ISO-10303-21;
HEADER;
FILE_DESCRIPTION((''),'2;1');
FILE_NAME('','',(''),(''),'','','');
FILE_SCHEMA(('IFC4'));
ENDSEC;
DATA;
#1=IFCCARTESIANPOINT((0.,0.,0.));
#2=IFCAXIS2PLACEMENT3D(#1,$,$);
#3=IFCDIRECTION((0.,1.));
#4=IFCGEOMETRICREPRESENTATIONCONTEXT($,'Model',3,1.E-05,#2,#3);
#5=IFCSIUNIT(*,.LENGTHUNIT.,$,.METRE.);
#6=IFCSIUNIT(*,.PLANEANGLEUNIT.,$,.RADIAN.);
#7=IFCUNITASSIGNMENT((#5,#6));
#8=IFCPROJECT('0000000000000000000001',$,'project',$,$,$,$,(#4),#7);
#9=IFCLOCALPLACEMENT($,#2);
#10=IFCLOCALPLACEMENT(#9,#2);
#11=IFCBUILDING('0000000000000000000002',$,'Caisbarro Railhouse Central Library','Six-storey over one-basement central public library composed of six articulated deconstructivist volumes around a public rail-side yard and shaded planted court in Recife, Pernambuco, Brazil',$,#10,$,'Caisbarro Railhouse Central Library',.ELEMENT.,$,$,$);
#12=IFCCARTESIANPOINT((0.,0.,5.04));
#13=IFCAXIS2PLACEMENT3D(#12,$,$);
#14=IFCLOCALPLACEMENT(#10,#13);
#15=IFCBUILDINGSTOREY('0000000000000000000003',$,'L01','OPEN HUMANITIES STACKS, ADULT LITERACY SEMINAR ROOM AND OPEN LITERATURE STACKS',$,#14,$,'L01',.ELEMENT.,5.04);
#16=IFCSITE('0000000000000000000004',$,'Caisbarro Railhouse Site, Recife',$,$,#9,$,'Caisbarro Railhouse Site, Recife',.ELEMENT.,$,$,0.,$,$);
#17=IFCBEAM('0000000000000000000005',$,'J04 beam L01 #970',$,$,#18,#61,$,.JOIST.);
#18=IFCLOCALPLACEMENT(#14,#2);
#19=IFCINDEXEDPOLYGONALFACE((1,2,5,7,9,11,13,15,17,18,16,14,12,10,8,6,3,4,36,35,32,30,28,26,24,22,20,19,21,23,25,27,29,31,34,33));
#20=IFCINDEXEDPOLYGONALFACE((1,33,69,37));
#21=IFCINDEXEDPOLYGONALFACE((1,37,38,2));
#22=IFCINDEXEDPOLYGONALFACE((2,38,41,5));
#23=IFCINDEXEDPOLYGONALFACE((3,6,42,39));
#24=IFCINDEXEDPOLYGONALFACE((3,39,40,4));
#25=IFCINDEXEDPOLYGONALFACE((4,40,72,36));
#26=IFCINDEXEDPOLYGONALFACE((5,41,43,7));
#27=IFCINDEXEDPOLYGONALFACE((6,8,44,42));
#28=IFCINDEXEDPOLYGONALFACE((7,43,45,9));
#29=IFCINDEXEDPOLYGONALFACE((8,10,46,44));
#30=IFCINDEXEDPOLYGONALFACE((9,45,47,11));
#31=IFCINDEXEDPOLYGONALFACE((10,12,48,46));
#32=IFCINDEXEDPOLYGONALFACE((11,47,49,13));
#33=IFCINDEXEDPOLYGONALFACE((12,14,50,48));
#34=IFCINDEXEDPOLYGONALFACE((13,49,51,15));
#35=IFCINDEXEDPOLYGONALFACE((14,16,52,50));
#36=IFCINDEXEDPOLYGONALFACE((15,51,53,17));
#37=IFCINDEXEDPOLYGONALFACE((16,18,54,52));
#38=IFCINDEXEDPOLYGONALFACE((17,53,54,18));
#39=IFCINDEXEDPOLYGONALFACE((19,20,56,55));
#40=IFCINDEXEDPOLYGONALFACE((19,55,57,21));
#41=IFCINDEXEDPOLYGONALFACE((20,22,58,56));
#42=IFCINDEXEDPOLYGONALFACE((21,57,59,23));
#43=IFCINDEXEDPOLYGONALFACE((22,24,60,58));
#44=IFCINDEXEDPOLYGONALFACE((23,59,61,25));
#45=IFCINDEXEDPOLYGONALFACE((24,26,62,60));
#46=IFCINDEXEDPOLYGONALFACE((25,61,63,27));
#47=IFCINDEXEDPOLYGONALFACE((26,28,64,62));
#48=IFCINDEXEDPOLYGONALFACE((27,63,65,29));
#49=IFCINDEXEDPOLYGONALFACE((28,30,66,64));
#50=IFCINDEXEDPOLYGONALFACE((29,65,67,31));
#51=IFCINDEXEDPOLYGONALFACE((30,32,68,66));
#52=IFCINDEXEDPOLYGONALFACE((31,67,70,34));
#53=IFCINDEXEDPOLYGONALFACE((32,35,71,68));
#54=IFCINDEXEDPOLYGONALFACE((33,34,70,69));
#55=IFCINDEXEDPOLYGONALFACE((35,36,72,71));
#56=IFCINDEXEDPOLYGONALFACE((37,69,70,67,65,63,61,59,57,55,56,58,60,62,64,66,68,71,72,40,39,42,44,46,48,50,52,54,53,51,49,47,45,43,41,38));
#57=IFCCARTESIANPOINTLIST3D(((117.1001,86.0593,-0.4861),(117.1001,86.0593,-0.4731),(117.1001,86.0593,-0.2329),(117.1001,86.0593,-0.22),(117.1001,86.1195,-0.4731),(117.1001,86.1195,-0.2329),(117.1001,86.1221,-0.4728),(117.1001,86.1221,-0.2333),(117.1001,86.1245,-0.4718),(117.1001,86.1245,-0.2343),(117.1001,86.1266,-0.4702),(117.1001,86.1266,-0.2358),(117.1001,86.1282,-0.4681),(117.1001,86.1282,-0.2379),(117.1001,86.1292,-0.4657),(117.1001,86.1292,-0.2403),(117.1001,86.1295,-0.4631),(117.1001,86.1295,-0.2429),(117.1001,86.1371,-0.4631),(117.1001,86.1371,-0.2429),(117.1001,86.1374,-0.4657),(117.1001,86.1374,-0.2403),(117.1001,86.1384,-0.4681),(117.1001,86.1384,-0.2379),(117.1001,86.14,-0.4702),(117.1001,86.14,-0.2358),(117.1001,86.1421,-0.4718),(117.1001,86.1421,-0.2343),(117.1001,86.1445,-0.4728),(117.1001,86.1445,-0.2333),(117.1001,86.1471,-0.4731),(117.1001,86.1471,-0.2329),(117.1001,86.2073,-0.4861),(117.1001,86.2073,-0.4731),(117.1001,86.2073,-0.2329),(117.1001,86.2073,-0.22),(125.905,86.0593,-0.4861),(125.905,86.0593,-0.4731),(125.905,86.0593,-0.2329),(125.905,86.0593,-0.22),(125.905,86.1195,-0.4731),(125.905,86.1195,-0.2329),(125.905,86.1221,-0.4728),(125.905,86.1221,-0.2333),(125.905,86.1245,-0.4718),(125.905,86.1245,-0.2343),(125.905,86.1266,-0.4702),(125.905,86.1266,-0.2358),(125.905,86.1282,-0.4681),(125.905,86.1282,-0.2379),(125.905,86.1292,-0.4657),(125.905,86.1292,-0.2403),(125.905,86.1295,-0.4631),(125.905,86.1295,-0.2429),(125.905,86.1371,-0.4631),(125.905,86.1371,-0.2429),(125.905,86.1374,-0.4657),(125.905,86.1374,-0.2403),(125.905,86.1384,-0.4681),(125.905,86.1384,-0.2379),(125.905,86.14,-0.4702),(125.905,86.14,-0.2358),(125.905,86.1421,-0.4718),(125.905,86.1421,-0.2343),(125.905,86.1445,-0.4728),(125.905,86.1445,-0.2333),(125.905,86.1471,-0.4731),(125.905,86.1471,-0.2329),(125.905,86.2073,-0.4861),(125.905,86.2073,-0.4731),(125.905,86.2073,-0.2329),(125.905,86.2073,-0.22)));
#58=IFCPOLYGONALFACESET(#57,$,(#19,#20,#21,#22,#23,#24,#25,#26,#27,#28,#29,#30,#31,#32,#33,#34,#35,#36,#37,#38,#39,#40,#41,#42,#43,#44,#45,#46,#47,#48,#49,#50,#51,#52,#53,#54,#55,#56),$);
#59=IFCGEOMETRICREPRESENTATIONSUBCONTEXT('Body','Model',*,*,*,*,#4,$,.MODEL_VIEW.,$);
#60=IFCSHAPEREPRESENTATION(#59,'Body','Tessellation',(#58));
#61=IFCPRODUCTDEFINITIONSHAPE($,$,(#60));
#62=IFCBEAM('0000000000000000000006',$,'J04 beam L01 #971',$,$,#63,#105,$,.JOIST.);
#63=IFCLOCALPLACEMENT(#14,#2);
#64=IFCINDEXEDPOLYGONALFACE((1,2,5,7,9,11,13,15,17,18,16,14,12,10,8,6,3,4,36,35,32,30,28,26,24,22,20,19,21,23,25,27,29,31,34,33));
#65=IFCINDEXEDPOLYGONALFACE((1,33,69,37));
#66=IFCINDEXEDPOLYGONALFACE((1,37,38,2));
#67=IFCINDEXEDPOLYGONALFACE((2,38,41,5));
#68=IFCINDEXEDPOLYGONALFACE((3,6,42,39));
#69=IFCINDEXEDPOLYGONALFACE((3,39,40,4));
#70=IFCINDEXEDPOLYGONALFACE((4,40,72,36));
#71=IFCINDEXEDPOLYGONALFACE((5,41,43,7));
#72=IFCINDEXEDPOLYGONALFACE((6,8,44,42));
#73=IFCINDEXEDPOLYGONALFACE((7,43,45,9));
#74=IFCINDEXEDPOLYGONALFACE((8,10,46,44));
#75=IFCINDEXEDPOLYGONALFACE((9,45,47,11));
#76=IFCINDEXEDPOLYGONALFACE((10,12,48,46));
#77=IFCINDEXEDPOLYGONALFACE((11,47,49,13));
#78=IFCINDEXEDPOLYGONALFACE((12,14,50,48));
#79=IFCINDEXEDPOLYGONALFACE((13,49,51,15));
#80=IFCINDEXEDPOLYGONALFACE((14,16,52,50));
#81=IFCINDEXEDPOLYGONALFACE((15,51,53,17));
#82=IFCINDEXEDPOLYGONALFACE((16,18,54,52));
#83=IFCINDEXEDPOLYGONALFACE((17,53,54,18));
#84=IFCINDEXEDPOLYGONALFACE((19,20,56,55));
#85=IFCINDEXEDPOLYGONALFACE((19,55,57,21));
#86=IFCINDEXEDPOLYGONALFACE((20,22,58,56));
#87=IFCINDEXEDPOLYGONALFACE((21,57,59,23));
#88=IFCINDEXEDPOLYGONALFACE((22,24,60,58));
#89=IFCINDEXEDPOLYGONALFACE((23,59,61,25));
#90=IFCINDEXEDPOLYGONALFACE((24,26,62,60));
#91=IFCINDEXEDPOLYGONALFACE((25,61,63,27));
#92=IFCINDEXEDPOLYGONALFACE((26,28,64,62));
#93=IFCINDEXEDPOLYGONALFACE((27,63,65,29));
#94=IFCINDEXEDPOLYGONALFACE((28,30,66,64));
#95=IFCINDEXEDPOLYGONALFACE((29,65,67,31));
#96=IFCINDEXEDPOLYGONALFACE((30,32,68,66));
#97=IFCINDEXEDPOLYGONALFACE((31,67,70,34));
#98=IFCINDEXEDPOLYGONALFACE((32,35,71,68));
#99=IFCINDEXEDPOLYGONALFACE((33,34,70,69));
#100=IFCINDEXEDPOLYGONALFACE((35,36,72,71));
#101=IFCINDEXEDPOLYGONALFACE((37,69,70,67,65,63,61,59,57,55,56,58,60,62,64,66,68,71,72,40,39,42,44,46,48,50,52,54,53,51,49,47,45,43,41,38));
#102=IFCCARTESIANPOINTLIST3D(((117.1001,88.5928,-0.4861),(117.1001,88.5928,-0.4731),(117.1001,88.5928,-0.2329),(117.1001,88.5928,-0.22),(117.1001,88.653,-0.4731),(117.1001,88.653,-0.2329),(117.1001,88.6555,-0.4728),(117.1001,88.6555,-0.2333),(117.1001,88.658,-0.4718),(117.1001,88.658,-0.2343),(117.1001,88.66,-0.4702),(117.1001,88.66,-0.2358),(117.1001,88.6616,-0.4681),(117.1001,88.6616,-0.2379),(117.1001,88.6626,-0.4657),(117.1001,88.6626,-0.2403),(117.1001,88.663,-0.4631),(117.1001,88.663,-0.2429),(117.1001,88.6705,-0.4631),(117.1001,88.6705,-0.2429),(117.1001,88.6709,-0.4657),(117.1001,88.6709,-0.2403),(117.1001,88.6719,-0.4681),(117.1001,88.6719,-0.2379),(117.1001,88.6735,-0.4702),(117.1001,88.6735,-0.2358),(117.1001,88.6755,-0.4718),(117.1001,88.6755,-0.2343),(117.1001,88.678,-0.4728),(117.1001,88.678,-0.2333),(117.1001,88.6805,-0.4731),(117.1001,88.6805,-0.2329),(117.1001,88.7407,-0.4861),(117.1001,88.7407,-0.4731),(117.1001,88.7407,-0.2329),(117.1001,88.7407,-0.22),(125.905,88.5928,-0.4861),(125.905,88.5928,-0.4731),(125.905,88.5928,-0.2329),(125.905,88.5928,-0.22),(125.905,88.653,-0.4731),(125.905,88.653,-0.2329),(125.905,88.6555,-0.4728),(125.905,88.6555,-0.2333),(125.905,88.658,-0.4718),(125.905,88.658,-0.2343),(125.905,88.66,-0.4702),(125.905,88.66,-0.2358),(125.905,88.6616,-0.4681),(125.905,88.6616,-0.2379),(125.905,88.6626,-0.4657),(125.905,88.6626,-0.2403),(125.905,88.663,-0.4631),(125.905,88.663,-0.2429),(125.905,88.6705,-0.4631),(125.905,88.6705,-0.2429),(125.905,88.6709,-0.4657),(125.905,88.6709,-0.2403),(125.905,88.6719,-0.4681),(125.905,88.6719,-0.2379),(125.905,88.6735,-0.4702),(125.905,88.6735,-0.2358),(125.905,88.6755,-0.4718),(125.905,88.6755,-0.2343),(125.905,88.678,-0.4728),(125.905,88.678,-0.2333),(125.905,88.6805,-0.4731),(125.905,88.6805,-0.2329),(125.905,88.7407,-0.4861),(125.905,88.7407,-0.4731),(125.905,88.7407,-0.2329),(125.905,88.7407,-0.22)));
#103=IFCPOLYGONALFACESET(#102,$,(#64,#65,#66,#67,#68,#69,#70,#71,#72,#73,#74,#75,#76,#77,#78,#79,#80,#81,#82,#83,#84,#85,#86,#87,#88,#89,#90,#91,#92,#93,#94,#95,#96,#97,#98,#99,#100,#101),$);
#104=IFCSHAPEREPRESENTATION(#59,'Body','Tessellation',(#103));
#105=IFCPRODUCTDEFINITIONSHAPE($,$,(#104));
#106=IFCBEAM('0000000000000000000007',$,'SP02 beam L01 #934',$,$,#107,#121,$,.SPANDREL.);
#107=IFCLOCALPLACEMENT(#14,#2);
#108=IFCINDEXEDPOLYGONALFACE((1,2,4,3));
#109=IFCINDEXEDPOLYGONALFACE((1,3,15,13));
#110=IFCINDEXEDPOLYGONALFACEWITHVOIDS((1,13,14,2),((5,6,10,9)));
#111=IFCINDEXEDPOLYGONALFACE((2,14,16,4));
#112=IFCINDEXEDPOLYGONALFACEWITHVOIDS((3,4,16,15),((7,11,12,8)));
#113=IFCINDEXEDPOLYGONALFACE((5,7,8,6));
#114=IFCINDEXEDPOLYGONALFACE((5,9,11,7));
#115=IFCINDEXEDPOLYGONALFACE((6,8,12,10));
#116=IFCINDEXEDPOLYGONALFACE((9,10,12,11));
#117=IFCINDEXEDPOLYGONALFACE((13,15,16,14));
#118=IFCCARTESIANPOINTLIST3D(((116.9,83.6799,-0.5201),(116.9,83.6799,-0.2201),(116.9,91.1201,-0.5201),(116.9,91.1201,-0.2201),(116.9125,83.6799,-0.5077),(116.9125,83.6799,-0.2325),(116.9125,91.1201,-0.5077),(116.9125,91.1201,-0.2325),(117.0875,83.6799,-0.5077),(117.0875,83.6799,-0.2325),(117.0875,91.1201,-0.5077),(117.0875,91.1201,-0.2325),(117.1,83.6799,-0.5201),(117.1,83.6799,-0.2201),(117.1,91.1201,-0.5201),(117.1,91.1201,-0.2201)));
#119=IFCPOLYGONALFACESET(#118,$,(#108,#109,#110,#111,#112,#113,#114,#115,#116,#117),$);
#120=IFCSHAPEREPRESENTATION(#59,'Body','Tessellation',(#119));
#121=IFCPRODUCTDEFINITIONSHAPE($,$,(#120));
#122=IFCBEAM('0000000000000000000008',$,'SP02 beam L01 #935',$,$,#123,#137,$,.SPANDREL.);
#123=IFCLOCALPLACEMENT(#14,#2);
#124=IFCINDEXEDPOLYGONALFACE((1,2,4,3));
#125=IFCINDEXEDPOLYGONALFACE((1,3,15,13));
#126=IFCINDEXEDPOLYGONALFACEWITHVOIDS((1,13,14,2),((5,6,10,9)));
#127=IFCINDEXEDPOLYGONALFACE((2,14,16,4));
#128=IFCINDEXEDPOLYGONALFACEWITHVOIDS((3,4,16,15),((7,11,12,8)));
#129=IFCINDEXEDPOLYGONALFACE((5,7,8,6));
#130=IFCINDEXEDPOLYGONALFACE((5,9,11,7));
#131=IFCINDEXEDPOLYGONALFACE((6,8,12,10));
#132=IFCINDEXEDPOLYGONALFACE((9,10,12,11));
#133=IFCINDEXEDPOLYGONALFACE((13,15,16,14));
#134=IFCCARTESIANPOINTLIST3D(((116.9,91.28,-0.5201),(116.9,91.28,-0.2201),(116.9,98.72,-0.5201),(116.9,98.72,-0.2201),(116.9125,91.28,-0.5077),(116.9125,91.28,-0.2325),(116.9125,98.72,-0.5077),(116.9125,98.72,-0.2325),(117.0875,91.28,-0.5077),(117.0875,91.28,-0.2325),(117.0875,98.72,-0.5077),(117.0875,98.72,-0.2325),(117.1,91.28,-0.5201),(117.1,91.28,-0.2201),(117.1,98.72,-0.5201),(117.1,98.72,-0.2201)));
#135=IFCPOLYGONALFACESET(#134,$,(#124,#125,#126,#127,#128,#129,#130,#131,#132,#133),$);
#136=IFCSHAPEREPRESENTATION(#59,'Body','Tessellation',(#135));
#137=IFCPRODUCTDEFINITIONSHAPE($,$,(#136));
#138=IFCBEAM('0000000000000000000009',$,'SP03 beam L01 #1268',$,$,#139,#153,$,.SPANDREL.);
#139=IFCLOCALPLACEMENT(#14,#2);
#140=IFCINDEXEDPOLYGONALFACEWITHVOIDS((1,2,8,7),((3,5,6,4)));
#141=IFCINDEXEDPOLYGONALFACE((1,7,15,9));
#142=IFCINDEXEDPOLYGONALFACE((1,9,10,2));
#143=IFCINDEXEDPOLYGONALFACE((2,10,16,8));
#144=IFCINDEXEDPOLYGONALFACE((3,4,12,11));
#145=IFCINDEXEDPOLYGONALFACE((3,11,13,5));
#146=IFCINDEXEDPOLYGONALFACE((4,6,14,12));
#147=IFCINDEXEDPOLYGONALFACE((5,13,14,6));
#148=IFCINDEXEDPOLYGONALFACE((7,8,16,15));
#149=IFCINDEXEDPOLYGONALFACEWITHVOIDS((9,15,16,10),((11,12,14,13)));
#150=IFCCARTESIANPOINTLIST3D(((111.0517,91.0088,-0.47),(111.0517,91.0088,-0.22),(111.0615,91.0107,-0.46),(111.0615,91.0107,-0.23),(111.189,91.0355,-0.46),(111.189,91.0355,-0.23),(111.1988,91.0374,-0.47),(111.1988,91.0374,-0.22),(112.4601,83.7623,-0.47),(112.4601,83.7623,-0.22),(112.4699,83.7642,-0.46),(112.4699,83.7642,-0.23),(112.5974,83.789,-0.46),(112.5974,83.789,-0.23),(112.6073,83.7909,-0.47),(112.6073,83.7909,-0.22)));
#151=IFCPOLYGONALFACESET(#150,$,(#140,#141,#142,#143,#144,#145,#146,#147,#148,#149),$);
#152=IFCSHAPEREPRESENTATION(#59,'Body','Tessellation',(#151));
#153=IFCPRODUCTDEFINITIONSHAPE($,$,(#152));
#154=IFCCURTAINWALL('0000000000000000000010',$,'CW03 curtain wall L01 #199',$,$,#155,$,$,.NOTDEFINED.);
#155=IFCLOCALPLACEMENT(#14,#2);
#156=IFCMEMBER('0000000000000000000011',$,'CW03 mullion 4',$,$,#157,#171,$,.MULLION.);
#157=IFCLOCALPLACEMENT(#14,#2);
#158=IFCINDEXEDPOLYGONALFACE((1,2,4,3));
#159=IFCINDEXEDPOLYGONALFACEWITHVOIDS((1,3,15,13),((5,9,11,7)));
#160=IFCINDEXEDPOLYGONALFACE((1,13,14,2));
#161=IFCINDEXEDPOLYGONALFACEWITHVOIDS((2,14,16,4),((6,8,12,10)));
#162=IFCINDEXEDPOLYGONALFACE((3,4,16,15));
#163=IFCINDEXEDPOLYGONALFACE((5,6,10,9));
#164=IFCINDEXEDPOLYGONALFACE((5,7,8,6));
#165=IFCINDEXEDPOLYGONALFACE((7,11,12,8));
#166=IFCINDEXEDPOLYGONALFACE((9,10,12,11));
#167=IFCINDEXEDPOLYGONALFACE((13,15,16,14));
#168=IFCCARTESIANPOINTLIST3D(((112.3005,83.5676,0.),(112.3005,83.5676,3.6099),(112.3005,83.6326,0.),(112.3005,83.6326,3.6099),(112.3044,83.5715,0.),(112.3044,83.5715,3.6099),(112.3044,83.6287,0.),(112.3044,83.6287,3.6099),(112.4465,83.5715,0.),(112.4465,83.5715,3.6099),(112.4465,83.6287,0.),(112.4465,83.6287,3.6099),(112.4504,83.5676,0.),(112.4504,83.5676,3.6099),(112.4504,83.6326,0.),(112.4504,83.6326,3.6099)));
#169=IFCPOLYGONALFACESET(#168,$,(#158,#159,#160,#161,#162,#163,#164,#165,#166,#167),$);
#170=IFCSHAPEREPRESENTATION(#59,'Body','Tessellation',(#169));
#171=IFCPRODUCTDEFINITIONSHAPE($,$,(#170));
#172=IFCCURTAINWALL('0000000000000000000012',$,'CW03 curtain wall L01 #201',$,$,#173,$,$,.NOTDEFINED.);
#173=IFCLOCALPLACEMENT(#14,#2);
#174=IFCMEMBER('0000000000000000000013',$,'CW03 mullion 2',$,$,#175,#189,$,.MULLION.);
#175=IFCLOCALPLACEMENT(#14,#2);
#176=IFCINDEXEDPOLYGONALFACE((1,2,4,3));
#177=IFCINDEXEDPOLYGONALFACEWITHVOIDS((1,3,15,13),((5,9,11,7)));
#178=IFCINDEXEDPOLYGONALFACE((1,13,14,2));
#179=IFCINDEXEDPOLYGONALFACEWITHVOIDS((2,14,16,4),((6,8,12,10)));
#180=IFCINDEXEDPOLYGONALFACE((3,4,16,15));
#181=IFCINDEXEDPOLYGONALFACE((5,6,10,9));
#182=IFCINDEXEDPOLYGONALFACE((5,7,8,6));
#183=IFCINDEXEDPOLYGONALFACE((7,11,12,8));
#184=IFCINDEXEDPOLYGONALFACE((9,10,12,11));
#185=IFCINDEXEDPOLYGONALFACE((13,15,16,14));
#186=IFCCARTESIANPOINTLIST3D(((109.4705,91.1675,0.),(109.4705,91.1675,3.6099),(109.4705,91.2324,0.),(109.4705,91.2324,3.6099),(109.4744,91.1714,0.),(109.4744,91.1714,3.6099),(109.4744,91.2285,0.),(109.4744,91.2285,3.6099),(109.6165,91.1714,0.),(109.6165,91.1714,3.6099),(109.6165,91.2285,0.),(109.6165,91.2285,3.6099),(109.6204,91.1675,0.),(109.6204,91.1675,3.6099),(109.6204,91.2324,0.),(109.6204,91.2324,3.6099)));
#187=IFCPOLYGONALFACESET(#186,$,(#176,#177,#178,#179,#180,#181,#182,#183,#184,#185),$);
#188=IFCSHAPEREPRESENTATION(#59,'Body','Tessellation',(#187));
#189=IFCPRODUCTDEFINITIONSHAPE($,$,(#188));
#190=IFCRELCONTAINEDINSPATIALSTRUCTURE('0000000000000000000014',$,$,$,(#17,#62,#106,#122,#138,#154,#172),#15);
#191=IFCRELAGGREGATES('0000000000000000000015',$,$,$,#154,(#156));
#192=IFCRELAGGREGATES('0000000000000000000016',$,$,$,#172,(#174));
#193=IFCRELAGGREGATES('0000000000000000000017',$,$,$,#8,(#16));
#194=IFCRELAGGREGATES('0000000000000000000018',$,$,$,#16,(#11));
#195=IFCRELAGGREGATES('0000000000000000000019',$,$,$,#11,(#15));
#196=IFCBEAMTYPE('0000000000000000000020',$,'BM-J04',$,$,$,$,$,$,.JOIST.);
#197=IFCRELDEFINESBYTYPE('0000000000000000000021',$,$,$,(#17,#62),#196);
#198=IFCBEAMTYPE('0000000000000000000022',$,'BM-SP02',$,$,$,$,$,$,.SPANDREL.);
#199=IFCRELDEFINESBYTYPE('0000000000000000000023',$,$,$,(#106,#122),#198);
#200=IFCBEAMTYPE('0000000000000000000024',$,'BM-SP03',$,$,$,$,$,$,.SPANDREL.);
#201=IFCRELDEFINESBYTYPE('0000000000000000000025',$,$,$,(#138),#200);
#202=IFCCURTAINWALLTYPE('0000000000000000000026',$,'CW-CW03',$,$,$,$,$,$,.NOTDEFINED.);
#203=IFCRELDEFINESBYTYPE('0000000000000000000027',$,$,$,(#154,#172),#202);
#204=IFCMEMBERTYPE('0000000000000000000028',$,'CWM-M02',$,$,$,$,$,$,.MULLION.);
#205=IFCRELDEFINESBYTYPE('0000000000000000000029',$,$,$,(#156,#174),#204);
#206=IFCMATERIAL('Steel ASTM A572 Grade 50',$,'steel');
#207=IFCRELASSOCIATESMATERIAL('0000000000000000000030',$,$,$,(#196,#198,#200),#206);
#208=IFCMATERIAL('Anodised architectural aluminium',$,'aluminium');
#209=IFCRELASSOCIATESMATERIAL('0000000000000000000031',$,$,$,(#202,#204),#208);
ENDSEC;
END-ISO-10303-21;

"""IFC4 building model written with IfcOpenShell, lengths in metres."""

from ifc_helpers import new_model, si_unit, direction, frame, origin, origin_2d, place, context, subcontext, project, spatial, hollow_rectangle, i_section, extrude, material, material_profile, profile_set, type_object, element, aggregate, save


model = new_model("IFC4")

# Units and contexts
model_context = context("Model", 3, precision=1e-05, world=origin(), true_north=direction((0.0, 1.0)))
body_context = subcontext(model_context, "Body", "Model", "MODEL_VIEW")
ifc_project = project(units=[si_unit("LENGTHUNIT", "METRE"), si_unit("PLANEANGLEUNIT", "RADIAN")], contexts=[model_context])

# Site, building, storey
site_placement = place(None, origin())
site = spatial("IfcSite", under=ifc_project, at=site_placement, Name="Caisbarro Railhouse Site, Recife", LongName="Caisbarro Railhouse Site, Recife", CompositionType="ELEMENT", RefElevation=0.0)
building_placement = place(site_placement, origin())
building = spatial("IfcBuilding", under=site, at=building_placement, Name="Caisbarro Railhouse Central Library", Description="Six-storey over one-basement central public library composed of six articulated deconstructivist volumes around a public rail-side yard and shaded planted court in Recife, Pernambuco, Brazil", LongName="Caisbarro Railhouse Central Library", CompositionType="ELEMENT")
storey_placement = place(building_placement, frame((0.0, 0.0, 5.04)))
storey = spatial("IfcBuildingStorey", under=building, at=storey_placement, Name="L01", Description="OPEN HUMANITIES STACKS, ADULT LITERACY SEMINAR ROOM AND OPEN LITERATURE STACKS", LongName="L01", CompositionType="ELEMENT", Elevation=5.04)

# Shared definitions
ifc_material_1 = material(Name="Steel ASTM A572 Grade 50", Category="steel")

# Beams
ifc_material_profile_1 = material_profile(ifc_material_1, i_section(OverallWidth=0.1479, OverallDepth=0.2661, WebThickness=0.0076, FlangeThickness=0.0129, FilletRadius=0.01, at=origin_2d()), Name="W250X44.8")
ifc_profile_set_1 = profile_set([ifc_material_profile_1], Name="Steel ASTM A572 Grade 50")
beam_type_1 = type_object("IfcBeamType", Name="BM-J04", PredefinedType="JOIST", material=ifc_profile_set_1)
for number, where, z_axis, x_axis, name in (
    (1, (117.1001, 86.1333, -0.353), (1.0, 0.0, 0.0), (0.0, 1.0, 0.0), "J04 beam L01 #970"),
    (2, (117.1001, 88.6667, -0.353), (1.0, 0.0, 0.0), (0.0, 1.0, 0.0), "J04 beam L01 #971"),
):
    element("IfcBeam", number, at=place(storey_placement, frame(where, z_axis=z_axis, x_axis=x_axis)), inside=storey, type_object=beam_type_1, Name=name, PredefinedType="JOIST", context=body_context, shape_type="SweptSolid", body=[
        extrude(i_section(OverallWidth=0.1479, OverallDepth=0.2661, WebThickness=0.0076, FlangeThickness=0.0129, FilletRadius=0.01, at=origin_2d()), origin(), (0.0, 0.0, 1.0), 8.8049),
    ])
ifc_material_profile_2 = material_profile(ifc_material_1, hollow_rectangle(XDim=0.2, YDim=0.3, WallThickness=0.0125, at=origin_2d()), Name="HSS300X200X12.5")
ifc_profile_set_2 = profile_set([ifc_material_profile_2], Name="Steel ASTM A572 Grade 50")
beam_type_2 = type_object("IfcBeamType", Name="BM-SP02", PredefinedType="SPANDREL", material=ifc_profile_set_2)
beam_1_placement = place(storey_placement, frame((117.0, 83.6799, -0.3701), z_axis=(0.0, 1.0, 0.0), x_axis=(-1.0, 0.0, 0.0)))
element("IfcBeam", 3, at=beam_1_placement, inside=storey, type_object=beam_type_2, Name="SP02 beam L01 #934", PredefinedType="SPANDREL", context=body_context, shape_type="SweptSolid", body=[
    extrude(hollow_rectangle(XDim=0.2, YDim=0.3, WallThickness=0.0125, at=origin_2d()), origin(), (0.0, 0.0, 1.0), 7.4402),
])
beam_2_placement = place(storey_placement, frame((117.0, 91.28, -0.3701), z_axis=(0.0, 1.0, 0.0), x_axis=(-1.0, 0.0, 0.0)))
element("IfcBeam", 4, at=beam_2_placement, inside=storey, type_object=beam_type_2, Name="SP02 beam L01 #935", PredefinedType="SPANDREL", context=body_context, shape_type="SweptSolid", body=[
    extrude(hollow_rectangle(XDim=0.2, YDim=0.3, WallThickness=0.0125, at=origin_2d()), origin(), (0.0, 0.0, 1.0), 7.4399),
])
ifc_material_profile_3 = material_profile(ifc_material_1, hollow_rectangle(XDim=0.1499, YDim=0.25, WallThickness=0.01, at=origin_2d()), Name="HSS250X150X10")
ifc_profile_set_3 = profile_set([ifc_material_profile_3], Name="Steel ASTM A572 Grade 50")
beam_type_3 = type_object("IfcBeamType", Name="BM-SP03", PredefinedType="SPANDREL", material=ifc_profile_set_3)
beam_3_placement = place(storey_placement, frame((112.5337, 83.7766, -0.345), z_axis=(-0.19079, 0.981631, 0.0), x_axis=(-0.981631, -0.19079, 0.0)))
element("IfcBeam", 5, at=beam_3_placement, inside=storey, type_object=beam_type_3, Name="SP03 beam L01 #1268", PredefinedType="SPANDREL", context=body_context, shape_type="SweptSolid", body=[
    extrude(hollow_rectangle(XDim=0.1499, YDim=0.25, WallThickness=0.01, at=origin_2d()), origin(), (0.0, 0.0, 1.0), 7.3821),
])

# Curtain wall, member
ifc_material_2 = material(Name="Anodised architectural aluminium", Category="aluminium")
curtain_wall_type = type_object("IfcCurtainWallType", Name="CW-CW03", PredefinedType="NOTDEFINED", material=ifc_material_2)
curtain_wall_1_placement = place(storey_placement, origin())
curtain_wall_1 = element("IfcCurtainWall", 6, at=curtain_wall_1_placement, inside=storey, type_object=curtain_wall_type, Name="CW03 curtain wall L01 #199", PredefinedType="NOTDEFINED")
ifc_material_profile_4 = material_profile(ifc_material_2, hollow_rectangle(XDim=0.0649, YDim=0.1499, WallThickness=0.0039, at=origin_2d()), Name="ALU-MUL-65X150")
ifc_profile_set_4 = profile_set([ifc_material_profile_4], Name="Anodised architectural aluminium")
member_type_1 = type_object("IfcMemberType", Name="CWM-M02", PredefinedType="MULLION", material=ifc_profile_set_4)
member_1_placement = place(storey_placement, frame((112.3755, 83.6001, 0.0), z_axis=(0.0, 0.0, 1.0), x_axis=(0.0, 1.0, 0.0)))
member_1 = element("IfcMember", 7, at=member_1_placement, type_object=member_type_1, Name="CW03 mullion 4", PredefinedType="MULLION", context=body_context, shape_type="SweptSolid", body=[
    extrude(hollow_rectangle(XDim=0.0649, YDim=0.1499, WallThickness=0.0039, at=origin_2d()), origin(), (0.0, 0.0, 1.0), 3.6099),
])

# Curtain wall, member
curtain_wall_2_placement = place(storey_placement, origin())
curtain_wall_2 = element("IfcCurtainWall", 8, at=curtain_wall_2_placement, inside=storey, type_object=curtain_wall_type, Name="CW03 curtain wall L01 #201", PredefinedType="NOTDEFINED")
member_2_placement = place(storey_placement, frame((109.5454, 91.2, 0.0), z_axis=(0.0, 0.0, 1.0), x_axis=(0.0, 1.0, 0.0)))
member_2 = element("IfcMember", 9, at=member_2_placement, type_object=member_type_1, Name="CW03 mullion 2", PredefinedType="MULLION", context=body_context, shape_type="SweptSolid", body=[
    extrude(hollow_rectangle(XDim=0.0649, YDim=0.1499, WallThickness=0.0039, at=origin_2d()), origin(), (0.0, 0.0, 1.0), 3.6099),
])

aggregate(curtain_wall_1, [member_1])
aggregate(curtain_wall_2, [member_2])

save(model, "model.ifc")
